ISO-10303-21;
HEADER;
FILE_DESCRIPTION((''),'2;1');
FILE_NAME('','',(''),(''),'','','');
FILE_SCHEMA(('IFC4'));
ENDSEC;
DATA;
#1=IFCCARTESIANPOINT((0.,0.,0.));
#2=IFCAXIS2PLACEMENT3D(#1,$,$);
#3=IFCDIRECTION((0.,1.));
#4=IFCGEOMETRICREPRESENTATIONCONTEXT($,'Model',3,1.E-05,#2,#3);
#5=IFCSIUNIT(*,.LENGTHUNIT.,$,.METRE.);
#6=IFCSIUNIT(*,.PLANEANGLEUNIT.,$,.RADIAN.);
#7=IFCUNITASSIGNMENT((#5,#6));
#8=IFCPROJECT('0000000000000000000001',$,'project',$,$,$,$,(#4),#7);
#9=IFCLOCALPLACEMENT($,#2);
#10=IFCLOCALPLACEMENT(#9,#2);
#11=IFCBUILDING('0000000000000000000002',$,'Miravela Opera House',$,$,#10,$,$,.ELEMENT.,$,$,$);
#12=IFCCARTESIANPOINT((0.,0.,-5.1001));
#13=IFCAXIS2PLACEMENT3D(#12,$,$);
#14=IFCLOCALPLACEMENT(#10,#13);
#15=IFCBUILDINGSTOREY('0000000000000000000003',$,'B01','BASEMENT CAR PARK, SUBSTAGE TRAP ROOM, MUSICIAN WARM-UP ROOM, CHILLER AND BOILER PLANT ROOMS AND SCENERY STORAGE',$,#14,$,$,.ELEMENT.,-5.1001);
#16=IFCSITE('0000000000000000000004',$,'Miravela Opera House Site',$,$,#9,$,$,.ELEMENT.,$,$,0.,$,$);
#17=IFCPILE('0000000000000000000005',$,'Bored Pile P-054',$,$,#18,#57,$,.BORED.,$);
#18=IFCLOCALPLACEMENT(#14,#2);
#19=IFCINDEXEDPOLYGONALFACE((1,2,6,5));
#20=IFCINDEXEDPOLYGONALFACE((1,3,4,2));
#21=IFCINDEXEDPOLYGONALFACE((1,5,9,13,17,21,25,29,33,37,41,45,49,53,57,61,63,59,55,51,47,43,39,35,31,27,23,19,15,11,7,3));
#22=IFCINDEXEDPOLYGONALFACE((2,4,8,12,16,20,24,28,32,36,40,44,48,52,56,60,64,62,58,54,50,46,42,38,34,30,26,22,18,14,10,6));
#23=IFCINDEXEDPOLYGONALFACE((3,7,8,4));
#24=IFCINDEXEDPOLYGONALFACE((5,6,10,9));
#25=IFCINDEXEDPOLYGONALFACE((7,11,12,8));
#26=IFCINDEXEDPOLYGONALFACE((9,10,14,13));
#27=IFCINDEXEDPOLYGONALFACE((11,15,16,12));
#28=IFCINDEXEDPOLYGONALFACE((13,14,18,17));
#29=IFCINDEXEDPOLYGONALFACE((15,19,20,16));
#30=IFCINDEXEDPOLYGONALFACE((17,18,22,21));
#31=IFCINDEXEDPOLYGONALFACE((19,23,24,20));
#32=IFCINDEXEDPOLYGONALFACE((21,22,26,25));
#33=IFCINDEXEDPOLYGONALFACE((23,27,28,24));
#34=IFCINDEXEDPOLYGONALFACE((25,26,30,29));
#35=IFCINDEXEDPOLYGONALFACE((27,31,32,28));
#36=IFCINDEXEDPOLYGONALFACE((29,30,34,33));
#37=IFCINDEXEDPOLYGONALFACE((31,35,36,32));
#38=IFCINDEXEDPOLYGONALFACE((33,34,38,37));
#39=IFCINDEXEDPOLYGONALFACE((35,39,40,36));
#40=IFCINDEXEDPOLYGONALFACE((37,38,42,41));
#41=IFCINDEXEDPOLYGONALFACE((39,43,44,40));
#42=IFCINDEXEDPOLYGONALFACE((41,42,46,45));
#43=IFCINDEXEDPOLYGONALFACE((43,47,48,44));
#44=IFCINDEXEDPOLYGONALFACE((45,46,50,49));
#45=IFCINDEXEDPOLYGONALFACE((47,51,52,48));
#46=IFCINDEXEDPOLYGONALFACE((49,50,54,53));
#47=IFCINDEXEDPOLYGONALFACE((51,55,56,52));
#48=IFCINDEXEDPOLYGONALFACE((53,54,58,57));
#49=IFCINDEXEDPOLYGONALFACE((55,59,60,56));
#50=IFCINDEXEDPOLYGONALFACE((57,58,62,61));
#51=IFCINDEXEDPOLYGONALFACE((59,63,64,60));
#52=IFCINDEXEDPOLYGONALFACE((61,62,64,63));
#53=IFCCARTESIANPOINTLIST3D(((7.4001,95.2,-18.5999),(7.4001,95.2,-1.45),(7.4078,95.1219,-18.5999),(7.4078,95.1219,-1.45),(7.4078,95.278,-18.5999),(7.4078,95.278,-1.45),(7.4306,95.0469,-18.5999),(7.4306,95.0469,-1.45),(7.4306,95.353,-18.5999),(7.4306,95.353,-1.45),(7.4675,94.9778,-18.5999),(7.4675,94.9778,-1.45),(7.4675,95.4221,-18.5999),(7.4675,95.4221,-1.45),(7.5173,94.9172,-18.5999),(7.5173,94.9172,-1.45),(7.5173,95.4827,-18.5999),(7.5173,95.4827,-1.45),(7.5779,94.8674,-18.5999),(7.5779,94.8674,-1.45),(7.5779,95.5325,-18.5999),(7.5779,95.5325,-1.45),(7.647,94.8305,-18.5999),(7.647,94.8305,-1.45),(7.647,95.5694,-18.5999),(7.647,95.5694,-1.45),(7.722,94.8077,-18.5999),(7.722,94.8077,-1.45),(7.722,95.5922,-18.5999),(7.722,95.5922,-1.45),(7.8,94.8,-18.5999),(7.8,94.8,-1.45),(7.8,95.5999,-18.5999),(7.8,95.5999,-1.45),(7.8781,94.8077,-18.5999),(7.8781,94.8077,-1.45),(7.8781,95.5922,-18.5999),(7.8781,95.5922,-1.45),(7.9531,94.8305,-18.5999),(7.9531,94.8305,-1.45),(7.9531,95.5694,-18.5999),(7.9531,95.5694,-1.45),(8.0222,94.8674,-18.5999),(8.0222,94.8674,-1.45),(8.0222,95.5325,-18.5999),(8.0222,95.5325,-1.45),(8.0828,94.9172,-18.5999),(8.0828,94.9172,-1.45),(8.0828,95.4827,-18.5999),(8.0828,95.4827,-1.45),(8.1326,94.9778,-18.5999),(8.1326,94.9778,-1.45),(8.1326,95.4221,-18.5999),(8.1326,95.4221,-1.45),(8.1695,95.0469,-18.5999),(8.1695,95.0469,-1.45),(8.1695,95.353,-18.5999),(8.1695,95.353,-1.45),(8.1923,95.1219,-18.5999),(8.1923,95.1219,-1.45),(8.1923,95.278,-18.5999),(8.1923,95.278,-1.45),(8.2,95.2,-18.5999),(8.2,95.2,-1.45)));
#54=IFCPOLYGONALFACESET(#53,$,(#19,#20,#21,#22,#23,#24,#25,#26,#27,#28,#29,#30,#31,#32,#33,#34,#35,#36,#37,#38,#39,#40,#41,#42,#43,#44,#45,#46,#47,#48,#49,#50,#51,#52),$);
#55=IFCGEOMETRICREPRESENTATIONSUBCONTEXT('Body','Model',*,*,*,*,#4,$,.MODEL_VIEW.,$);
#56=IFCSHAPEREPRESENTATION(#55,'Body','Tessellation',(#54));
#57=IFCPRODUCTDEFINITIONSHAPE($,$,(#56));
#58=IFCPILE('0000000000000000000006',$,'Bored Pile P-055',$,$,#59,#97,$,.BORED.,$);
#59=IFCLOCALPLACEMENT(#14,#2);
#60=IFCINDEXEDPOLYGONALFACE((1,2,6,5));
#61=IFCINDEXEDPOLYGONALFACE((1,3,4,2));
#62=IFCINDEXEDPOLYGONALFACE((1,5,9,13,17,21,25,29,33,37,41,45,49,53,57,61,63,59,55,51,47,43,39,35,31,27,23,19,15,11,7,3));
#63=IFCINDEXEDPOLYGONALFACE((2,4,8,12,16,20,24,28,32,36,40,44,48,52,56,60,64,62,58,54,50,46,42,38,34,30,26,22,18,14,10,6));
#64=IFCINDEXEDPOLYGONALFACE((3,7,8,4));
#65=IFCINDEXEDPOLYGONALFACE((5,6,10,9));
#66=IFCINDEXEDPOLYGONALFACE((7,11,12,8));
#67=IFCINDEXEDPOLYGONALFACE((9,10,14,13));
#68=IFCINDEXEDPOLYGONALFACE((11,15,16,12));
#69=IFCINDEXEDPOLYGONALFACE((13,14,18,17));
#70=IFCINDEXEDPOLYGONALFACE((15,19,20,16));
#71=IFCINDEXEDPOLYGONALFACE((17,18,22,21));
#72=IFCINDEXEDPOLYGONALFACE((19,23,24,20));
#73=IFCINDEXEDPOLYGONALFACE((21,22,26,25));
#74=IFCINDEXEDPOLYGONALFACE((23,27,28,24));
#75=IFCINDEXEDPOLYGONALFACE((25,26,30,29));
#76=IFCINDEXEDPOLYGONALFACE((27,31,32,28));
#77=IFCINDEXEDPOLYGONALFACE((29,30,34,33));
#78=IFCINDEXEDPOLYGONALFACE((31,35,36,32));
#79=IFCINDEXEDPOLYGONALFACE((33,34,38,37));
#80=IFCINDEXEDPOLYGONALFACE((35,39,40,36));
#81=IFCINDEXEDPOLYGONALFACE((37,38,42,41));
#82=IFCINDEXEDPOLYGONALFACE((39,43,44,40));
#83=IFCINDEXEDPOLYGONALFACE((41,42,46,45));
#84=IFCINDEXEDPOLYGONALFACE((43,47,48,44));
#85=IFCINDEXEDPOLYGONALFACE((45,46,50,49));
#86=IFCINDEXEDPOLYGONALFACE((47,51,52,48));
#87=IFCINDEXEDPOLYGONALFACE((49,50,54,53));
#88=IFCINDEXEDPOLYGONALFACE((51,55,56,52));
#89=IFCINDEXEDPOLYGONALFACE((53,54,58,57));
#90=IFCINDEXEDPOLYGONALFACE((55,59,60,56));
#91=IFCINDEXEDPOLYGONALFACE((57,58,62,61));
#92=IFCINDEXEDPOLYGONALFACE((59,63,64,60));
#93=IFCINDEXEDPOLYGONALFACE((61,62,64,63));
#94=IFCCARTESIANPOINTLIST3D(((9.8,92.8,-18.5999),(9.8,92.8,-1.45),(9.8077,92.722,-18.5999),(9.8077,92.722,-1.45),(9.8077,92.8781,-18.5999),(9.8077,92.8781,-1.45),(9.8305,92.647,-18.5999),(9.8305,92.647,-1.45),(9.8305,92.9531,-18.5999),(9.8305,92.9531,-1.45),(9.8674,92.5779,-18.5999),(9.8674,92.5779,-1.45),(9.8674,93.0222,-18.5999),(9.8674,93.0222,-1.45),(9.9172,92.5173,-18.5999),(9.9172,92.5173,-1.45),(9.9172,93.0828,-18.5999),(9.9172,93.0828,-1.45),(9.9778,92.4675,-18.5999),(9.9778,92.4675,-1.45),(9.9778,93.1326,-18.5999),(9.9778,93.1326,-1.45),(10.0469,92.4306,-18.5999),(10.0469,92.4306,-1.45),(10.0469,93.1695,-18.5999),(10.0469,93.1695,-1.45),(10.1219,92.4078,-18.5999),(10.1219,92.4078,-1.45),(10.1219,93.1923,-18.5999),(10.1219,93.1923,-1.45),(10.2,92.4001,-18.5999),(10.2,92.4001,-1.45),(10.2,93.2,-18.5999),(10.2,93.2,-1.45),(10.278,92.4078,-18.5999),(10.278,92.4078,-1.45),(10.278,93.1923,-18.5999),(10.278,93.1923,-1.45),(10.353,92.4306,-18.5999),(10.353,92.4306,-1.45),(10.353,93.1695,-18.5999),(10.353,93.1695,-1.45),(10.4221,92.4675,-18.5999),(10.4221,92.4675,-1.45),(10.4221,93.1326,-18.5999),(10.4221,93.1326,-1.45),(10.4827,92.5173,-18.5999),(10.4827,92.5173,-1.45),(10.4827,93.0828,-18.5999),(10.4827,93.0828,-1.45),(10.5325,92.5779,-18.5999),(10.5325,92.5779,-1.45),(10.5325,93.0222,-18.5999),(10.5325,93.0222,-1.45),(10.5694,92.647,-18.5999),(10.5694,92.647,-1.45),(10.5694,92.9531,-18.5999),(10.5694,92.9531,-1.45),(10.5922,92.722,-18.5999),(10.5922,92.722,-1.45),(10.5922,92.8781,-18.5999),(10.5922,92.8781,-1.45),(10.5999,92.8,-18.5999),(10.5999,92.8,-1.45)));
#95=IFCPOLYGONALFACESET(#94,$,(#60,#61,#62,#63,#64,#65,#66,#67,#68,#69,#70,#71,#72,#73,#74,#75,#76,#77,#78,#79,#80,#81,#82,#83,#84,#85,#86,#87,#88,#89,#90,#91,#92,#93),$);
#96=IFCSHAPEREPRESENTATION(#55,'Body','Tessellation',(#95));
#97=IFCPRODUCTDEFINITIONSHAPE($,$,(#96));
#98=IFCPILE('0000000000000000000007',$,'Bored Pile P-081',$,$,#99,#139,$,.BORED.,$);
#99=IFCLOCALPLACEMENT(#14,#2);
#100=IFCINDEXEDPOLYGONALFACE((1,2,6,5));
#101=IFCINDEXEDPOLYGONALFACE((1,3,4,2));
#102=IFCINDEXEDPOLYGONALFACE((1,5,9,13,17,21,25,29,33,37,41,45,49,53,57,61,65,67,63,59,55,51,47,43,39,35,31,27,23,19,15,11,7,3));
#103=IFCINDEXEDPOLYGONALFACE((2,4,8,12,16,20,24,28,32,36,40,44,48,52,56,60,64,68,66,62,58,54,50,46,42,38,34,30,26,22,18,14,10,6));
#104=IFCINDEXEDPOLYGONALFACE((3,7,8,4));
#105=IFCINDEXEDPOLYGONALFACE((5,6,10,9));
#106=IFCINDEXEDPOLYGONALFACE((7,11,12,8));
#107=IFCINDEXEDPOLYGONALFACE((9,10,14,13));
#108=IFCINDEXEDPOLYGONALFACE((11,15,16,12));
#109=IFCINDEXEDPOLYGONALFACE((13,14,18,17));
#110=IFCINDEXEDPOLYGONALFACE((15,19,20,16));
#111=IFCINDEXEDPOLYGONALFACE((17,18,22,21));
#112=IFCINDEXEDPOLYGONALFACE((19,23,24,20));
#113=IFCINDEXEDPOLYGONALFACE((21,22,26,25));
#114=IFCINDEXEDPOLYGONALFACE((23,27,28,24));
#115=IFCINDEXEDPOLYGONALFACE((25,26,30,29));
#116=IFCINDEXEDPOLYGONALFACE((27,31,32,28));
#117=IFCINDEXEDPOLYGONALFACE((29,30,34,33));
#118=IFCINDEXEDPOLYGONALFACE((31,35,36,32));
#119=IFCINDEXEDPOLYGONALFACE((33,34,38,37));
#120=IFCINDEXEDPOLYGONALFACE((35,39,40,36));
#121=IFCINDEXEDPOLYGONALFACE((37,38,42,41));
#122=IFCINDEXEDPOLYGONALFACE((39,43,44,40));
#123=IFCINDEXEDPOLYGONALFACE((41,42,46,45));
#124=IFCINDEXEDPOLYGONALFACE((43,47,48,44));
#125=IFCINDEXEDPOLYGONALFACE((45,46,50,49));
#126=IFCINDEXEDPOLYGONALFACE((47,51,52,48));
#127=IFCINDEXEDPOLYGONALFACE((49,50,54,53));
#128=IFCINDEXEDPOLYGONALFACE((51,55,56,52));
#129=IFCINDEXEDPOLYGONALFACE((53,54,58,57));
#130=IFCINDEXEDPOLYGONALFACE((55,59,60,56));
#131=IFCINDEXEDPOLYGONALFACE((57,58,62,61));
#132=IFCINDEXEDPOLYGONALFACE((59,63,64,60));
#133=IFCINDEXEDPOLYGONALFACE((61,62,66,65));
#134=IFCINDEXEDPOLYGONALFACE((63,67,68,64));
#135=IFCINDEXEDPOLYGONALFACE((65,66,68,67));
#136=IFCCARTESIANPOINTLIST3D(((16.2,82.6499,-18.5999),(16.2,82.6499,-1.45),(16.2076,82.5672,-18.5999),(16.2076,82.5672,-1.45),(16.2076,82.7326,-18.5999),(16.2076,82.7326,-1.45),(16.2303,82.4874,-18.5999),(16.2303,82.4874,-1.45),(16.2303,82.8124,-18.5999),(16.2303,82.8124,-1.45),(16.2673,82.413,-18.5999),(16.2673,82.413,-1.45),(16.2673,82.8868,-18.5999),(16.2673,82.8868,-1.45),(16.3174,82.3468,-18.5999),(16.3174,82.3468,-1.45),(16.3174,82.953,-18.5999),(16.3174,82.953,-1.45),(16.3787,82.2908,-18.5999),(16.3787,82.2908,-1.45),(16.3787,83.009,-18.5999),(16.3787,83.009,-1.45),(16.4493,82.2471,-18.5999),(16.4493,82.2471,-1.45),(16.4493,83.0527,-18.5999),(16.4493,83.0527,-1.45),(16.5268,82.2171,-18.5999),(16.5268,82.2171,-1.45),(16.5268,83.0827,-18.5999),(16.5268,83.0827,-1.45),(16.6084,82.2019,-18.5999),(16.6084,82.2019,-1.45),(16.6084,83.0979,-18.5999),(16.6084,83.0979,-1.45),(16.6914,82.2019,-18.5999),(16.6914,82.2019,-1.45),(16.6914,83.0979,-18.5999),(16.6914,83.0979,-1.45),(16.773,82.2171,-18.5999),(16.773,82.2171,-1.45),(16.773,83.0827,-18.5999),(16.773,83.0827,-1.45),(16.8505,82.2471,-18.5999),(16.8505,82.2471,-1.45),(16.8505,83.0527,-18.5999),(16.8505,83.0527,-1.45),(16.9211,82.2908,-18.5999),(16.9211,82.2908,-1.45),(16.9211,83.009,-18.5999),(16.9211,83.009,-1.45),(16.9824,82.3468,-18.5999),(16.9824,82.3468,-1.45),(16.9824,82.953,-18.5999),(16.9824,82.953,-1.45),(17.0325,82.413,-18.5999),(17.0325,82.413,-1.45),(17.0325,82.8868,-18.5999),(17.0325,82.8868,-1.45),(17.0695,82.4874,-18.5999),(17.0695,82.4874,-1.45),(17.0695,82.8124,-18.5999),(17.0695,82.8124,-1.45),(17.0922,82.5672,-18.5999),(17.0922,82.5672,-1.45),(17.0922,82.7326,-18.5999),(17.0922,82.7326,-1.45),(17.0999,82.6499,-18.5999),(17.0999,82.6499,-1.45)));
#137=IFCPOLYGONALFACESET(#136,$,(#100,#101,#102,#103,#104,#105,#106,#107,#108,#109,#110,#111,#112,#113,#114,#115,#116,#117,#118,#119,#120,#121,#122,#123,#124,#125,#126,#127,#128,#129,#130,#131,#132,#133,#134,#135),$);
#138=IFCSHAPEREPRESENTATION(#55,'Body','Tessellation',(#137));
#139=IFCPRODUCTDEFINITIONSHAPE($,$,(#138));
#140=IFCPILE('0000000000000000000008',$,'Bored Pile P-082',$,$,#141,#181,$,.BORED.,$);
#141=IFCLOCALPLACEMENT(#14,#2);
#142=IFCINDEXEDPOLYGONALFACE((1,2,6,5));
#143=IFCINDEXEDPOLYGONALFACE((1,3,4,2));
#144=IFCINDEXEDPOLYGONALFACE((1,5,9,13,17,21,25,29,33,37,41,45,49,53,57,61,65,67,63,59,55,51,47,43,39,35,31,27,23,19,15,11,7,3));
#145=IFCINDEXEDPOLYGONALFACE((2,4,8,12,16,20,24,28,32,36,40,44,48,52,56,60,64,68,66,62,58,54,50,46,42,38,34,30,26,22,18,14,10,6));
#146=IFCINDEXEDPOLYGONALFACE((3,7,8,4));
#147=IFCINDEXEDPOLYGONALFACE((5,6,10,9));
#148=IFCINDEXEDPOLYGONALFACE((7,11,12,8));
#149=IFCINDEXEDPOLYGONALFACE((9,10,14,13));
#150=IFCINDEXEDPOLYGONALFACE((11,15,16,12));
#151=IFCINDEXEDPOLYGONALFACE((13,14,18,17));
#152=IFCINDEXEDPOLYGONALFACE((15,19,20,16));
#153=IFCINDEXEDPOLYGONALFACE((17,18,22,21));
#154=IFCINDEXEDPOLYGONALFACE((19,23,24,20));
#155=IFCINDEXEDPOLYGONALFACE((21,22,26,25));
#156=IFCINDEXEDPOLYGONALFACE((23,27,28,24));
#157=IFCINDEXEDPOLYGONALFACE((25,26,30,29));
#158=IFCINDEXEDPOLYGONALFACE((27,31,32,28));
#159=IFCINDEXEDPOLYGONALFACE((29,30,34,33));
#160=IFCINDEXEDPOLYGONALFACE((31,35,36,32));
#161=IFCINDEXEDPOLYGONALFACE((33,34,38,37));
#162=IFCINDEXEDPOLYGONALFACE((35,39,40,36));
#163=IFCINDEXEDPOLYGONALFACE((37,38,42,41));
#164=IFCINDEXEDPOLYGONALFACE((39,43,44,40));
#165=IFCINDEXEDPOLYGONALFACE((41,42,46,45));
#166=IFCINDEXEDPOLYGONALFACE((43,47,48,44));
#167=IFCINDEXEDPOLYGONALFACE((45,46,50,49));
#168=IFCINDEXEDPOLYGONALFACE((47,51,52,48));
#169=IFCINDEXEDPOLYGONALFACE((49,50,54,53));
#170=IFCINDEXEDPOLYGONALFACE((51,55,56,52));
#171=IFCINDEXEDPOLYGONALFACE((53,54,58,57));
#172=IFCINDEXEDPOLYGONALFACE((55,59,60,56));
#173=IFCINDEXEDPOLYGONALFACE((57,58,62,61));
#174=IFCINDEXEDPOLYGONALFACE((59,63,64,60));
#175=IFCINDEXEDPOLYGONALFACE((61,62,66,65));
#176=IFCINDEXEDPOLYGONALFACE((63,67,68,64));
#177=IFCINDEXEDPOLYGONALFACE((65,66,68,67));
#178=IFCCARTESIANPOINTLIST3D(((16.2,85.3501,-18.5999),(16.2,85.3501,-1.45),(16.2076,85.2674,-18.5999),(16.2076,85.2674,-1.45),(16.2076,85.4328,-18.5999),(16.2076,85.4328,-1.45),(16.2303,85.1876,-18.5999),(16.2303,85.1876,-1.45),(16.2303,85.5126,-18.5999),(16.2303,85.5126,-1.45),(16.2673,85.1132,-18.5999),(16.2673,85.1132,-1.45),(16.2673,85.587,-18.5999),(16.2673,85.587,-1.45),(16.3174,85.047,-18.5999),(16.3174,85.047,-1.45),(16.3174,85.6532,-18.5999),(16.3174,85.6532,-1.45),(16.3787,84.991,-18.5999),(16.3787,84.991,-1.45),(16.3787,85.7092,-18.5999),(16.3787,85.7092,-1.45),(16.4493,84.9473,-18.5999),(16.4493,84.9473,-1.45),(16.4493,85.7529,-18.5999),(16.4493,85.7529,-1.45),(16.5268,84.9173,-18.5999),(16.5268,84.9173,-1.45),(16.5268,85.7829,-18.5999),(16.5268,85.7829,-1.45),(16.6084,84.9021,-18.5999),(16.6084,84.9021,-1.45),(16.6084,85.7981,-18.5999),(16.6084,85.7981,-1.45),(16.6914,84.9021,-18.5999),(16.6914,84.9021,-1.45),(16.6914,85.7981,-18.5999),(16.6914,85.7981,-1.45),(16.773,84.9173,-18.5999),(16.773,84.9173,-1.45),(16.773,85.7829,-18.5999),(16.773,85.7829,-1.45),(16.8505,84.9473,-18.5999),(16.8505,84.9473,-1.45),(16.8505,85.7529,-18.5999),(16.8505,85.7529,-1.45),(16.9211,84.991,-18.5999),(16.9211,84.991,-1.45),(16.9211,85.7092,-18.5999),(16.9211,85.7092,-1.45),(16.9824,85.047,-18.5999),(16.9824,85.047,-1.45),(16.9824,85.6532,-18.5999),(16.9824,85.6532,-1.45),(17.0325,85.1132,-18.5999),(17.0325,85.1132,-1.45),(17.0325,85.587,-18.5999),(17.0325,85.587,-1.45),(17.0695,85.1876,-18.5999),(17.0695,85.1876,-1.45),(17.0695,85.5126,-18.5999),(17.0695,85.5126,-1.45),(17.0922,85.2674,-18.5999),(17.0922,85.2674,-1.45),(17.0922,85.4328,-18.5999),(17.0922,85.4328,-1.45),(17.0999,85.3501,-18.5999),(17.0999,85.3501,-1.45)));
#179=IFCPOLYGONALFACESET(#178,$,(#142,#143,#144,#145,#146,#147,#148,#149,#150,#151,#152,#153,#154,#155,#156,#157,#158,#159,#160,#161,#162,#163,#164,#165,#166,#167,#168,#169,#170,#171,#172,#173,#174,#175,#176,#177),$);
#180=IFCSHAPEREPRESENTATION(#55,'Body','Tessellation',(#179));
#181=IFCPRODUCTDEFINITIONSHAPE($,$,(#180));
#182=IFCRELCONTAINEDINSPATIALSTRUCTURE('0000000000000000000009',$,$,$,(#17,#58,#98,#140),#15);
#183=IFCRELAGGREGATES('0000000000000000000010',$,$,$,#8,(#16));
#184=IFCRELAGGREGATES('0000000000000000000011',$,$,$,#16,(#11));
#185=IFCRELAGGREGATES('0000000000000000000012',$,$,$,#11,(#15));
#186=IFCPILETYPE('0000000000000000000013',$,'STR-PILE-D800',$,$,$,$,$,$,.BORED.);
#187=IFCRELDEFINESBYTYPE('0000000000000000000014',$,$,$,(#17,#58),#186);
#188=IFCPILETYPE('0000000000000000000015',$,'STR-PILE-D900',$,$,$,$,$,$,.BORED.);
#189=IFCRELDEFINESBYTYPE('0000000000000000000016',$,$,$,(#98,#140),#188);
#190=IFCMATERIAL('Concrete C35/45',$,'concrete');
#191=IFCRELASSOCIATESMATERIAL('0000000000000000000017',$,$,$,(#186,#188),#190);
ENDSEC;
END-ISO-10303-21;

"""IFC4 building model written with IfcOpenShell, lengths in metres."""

from ifc_helpers import new_model, si_unit, direction, frame, origin, origin_2d, place, context, subcontext, project, spatial, circle, extrude, material, material_profile, profile_set, type_object, element, save


model = new_model("IFC4")

# Units and contexts
model_context = context("Model", 3, precision=1e-05, world=origin(), true_north=direction((0.0, 1.0)))
body_context = subcontext(model_context, "Body", "Model", "MODEL_VIEW")
ifc_project = project(units=[si_unit("LENGTHUNIT", "METRE"), si_unit("PLANEANGLEUNIT", "RADIAN")], contexts=[model_context])

# Site, building, storey
site_placement = place(None, origin())
site = spatial("IfcSite", under=ifc_project, at=site_placement, Name="Miravela Opera House Site", CompositionType="ELEMENT", RefElevation=0.0)
building_placement = place(site_placement, origin())
building = spatial("IfcBuilding", under=site, at=building_placement, Name="Miravela Opera House", CompositionType="ELEMENT")
storey_placement = place(building_placement, frame((0.0, 0.0, -5.1001)))
storey = spatial("IfcBuildingStorey", under=building, at=storey_placement, Name="B01", Description="BASEMENT CAR PARK, SUBSTAGE TRAP ROOM, MUSICIAN WARM-UP ROOM, CHILLER AND BOILER PLANT ROOMS AND SCENERY STORAGE", CompositionType="ELEMENT", Elevation=-5.1001)

# Shared definitions
ifc_material_1 = material(Name="Concrete C35/45", Category="concrete")

# Piles
ifc_material_profile_1 = material_profile(ifc_material_1, circle(Radius=0.3999, at=origin_2d()), Name="PILE-D800")
ifc_profile_set_1 = profile_set([ifc_material_profile_1])
pile_type_1 = type_object("IfcPileType", Name="STR-PILE-D800", PredefinedType="BORED", material=ifc_profile_set_1)
for number, where, z_axis, x_axis, name in (
    (1, (7.8, 95.2, -1.45), (0.0, 0.0, -1.0), (1.0, 0.0, 0.0), "Bored Pile P-054"),
    (2, (10.2, 92.8, -1.45), (0.0, 0.0, -1.0), (1.0, 0.0, 0.0), "Bored Pile P-055"),
):
    element("IfcPile", number, at=place(storey_placement, frame(where, z_axis=z_axis, x_axis=x_axis)), inside=storey, type_object=pile_type_1, Name=name, PredefinedType="BORED", context=body_context, shape_type="SweptSolid", body=[
        extrude(circle(Radius=0.3999, at=origin_2d()), origin(), (0.0, 0.0, 1.0), 17.1499),
    ])
ifc_material_profile_2 = material_profile(ifc_material_1, circle(Radius=0.45, at=origin_2d()), Name="PILE-D900")
ifc_profile_set_2 = profile_set([ifc_material_profile_2])
pile_type_2 = type_object("IfcPileType", Name="STR-PILE-D900", PredefinedType="BORED", material=ifc_profile_set_2)
for number, where, z_axis, x_axis, name in (
    (3, (16.6499, 82.6499, -1.45), (0.0, 0.0, -1.0), (1.0, 0.0, 0.0), "Bored Pile P-081"),
    (4, (16.6499, 85.3501, -1.45), (0.0, 0.0, -1.0), (1.0, 0.0, 0.0), "Bored Pile P-082"),
):
    element("IfcPile", number, at=place(storey_placement, frame(where, z_axis=z_axis, x_axis=x_axis)), inside=storey, type_object=pile_type_2, Name=name, PredefinedType="BORED", context=body_context, shape_type="SweptSolid", body=[
        extrude(circle(Radius=0.45, at=origin_2d()), origin(), (0.0, 0.0, 1.0), 17.1499),
    ])

save(model, "model.ifc")
